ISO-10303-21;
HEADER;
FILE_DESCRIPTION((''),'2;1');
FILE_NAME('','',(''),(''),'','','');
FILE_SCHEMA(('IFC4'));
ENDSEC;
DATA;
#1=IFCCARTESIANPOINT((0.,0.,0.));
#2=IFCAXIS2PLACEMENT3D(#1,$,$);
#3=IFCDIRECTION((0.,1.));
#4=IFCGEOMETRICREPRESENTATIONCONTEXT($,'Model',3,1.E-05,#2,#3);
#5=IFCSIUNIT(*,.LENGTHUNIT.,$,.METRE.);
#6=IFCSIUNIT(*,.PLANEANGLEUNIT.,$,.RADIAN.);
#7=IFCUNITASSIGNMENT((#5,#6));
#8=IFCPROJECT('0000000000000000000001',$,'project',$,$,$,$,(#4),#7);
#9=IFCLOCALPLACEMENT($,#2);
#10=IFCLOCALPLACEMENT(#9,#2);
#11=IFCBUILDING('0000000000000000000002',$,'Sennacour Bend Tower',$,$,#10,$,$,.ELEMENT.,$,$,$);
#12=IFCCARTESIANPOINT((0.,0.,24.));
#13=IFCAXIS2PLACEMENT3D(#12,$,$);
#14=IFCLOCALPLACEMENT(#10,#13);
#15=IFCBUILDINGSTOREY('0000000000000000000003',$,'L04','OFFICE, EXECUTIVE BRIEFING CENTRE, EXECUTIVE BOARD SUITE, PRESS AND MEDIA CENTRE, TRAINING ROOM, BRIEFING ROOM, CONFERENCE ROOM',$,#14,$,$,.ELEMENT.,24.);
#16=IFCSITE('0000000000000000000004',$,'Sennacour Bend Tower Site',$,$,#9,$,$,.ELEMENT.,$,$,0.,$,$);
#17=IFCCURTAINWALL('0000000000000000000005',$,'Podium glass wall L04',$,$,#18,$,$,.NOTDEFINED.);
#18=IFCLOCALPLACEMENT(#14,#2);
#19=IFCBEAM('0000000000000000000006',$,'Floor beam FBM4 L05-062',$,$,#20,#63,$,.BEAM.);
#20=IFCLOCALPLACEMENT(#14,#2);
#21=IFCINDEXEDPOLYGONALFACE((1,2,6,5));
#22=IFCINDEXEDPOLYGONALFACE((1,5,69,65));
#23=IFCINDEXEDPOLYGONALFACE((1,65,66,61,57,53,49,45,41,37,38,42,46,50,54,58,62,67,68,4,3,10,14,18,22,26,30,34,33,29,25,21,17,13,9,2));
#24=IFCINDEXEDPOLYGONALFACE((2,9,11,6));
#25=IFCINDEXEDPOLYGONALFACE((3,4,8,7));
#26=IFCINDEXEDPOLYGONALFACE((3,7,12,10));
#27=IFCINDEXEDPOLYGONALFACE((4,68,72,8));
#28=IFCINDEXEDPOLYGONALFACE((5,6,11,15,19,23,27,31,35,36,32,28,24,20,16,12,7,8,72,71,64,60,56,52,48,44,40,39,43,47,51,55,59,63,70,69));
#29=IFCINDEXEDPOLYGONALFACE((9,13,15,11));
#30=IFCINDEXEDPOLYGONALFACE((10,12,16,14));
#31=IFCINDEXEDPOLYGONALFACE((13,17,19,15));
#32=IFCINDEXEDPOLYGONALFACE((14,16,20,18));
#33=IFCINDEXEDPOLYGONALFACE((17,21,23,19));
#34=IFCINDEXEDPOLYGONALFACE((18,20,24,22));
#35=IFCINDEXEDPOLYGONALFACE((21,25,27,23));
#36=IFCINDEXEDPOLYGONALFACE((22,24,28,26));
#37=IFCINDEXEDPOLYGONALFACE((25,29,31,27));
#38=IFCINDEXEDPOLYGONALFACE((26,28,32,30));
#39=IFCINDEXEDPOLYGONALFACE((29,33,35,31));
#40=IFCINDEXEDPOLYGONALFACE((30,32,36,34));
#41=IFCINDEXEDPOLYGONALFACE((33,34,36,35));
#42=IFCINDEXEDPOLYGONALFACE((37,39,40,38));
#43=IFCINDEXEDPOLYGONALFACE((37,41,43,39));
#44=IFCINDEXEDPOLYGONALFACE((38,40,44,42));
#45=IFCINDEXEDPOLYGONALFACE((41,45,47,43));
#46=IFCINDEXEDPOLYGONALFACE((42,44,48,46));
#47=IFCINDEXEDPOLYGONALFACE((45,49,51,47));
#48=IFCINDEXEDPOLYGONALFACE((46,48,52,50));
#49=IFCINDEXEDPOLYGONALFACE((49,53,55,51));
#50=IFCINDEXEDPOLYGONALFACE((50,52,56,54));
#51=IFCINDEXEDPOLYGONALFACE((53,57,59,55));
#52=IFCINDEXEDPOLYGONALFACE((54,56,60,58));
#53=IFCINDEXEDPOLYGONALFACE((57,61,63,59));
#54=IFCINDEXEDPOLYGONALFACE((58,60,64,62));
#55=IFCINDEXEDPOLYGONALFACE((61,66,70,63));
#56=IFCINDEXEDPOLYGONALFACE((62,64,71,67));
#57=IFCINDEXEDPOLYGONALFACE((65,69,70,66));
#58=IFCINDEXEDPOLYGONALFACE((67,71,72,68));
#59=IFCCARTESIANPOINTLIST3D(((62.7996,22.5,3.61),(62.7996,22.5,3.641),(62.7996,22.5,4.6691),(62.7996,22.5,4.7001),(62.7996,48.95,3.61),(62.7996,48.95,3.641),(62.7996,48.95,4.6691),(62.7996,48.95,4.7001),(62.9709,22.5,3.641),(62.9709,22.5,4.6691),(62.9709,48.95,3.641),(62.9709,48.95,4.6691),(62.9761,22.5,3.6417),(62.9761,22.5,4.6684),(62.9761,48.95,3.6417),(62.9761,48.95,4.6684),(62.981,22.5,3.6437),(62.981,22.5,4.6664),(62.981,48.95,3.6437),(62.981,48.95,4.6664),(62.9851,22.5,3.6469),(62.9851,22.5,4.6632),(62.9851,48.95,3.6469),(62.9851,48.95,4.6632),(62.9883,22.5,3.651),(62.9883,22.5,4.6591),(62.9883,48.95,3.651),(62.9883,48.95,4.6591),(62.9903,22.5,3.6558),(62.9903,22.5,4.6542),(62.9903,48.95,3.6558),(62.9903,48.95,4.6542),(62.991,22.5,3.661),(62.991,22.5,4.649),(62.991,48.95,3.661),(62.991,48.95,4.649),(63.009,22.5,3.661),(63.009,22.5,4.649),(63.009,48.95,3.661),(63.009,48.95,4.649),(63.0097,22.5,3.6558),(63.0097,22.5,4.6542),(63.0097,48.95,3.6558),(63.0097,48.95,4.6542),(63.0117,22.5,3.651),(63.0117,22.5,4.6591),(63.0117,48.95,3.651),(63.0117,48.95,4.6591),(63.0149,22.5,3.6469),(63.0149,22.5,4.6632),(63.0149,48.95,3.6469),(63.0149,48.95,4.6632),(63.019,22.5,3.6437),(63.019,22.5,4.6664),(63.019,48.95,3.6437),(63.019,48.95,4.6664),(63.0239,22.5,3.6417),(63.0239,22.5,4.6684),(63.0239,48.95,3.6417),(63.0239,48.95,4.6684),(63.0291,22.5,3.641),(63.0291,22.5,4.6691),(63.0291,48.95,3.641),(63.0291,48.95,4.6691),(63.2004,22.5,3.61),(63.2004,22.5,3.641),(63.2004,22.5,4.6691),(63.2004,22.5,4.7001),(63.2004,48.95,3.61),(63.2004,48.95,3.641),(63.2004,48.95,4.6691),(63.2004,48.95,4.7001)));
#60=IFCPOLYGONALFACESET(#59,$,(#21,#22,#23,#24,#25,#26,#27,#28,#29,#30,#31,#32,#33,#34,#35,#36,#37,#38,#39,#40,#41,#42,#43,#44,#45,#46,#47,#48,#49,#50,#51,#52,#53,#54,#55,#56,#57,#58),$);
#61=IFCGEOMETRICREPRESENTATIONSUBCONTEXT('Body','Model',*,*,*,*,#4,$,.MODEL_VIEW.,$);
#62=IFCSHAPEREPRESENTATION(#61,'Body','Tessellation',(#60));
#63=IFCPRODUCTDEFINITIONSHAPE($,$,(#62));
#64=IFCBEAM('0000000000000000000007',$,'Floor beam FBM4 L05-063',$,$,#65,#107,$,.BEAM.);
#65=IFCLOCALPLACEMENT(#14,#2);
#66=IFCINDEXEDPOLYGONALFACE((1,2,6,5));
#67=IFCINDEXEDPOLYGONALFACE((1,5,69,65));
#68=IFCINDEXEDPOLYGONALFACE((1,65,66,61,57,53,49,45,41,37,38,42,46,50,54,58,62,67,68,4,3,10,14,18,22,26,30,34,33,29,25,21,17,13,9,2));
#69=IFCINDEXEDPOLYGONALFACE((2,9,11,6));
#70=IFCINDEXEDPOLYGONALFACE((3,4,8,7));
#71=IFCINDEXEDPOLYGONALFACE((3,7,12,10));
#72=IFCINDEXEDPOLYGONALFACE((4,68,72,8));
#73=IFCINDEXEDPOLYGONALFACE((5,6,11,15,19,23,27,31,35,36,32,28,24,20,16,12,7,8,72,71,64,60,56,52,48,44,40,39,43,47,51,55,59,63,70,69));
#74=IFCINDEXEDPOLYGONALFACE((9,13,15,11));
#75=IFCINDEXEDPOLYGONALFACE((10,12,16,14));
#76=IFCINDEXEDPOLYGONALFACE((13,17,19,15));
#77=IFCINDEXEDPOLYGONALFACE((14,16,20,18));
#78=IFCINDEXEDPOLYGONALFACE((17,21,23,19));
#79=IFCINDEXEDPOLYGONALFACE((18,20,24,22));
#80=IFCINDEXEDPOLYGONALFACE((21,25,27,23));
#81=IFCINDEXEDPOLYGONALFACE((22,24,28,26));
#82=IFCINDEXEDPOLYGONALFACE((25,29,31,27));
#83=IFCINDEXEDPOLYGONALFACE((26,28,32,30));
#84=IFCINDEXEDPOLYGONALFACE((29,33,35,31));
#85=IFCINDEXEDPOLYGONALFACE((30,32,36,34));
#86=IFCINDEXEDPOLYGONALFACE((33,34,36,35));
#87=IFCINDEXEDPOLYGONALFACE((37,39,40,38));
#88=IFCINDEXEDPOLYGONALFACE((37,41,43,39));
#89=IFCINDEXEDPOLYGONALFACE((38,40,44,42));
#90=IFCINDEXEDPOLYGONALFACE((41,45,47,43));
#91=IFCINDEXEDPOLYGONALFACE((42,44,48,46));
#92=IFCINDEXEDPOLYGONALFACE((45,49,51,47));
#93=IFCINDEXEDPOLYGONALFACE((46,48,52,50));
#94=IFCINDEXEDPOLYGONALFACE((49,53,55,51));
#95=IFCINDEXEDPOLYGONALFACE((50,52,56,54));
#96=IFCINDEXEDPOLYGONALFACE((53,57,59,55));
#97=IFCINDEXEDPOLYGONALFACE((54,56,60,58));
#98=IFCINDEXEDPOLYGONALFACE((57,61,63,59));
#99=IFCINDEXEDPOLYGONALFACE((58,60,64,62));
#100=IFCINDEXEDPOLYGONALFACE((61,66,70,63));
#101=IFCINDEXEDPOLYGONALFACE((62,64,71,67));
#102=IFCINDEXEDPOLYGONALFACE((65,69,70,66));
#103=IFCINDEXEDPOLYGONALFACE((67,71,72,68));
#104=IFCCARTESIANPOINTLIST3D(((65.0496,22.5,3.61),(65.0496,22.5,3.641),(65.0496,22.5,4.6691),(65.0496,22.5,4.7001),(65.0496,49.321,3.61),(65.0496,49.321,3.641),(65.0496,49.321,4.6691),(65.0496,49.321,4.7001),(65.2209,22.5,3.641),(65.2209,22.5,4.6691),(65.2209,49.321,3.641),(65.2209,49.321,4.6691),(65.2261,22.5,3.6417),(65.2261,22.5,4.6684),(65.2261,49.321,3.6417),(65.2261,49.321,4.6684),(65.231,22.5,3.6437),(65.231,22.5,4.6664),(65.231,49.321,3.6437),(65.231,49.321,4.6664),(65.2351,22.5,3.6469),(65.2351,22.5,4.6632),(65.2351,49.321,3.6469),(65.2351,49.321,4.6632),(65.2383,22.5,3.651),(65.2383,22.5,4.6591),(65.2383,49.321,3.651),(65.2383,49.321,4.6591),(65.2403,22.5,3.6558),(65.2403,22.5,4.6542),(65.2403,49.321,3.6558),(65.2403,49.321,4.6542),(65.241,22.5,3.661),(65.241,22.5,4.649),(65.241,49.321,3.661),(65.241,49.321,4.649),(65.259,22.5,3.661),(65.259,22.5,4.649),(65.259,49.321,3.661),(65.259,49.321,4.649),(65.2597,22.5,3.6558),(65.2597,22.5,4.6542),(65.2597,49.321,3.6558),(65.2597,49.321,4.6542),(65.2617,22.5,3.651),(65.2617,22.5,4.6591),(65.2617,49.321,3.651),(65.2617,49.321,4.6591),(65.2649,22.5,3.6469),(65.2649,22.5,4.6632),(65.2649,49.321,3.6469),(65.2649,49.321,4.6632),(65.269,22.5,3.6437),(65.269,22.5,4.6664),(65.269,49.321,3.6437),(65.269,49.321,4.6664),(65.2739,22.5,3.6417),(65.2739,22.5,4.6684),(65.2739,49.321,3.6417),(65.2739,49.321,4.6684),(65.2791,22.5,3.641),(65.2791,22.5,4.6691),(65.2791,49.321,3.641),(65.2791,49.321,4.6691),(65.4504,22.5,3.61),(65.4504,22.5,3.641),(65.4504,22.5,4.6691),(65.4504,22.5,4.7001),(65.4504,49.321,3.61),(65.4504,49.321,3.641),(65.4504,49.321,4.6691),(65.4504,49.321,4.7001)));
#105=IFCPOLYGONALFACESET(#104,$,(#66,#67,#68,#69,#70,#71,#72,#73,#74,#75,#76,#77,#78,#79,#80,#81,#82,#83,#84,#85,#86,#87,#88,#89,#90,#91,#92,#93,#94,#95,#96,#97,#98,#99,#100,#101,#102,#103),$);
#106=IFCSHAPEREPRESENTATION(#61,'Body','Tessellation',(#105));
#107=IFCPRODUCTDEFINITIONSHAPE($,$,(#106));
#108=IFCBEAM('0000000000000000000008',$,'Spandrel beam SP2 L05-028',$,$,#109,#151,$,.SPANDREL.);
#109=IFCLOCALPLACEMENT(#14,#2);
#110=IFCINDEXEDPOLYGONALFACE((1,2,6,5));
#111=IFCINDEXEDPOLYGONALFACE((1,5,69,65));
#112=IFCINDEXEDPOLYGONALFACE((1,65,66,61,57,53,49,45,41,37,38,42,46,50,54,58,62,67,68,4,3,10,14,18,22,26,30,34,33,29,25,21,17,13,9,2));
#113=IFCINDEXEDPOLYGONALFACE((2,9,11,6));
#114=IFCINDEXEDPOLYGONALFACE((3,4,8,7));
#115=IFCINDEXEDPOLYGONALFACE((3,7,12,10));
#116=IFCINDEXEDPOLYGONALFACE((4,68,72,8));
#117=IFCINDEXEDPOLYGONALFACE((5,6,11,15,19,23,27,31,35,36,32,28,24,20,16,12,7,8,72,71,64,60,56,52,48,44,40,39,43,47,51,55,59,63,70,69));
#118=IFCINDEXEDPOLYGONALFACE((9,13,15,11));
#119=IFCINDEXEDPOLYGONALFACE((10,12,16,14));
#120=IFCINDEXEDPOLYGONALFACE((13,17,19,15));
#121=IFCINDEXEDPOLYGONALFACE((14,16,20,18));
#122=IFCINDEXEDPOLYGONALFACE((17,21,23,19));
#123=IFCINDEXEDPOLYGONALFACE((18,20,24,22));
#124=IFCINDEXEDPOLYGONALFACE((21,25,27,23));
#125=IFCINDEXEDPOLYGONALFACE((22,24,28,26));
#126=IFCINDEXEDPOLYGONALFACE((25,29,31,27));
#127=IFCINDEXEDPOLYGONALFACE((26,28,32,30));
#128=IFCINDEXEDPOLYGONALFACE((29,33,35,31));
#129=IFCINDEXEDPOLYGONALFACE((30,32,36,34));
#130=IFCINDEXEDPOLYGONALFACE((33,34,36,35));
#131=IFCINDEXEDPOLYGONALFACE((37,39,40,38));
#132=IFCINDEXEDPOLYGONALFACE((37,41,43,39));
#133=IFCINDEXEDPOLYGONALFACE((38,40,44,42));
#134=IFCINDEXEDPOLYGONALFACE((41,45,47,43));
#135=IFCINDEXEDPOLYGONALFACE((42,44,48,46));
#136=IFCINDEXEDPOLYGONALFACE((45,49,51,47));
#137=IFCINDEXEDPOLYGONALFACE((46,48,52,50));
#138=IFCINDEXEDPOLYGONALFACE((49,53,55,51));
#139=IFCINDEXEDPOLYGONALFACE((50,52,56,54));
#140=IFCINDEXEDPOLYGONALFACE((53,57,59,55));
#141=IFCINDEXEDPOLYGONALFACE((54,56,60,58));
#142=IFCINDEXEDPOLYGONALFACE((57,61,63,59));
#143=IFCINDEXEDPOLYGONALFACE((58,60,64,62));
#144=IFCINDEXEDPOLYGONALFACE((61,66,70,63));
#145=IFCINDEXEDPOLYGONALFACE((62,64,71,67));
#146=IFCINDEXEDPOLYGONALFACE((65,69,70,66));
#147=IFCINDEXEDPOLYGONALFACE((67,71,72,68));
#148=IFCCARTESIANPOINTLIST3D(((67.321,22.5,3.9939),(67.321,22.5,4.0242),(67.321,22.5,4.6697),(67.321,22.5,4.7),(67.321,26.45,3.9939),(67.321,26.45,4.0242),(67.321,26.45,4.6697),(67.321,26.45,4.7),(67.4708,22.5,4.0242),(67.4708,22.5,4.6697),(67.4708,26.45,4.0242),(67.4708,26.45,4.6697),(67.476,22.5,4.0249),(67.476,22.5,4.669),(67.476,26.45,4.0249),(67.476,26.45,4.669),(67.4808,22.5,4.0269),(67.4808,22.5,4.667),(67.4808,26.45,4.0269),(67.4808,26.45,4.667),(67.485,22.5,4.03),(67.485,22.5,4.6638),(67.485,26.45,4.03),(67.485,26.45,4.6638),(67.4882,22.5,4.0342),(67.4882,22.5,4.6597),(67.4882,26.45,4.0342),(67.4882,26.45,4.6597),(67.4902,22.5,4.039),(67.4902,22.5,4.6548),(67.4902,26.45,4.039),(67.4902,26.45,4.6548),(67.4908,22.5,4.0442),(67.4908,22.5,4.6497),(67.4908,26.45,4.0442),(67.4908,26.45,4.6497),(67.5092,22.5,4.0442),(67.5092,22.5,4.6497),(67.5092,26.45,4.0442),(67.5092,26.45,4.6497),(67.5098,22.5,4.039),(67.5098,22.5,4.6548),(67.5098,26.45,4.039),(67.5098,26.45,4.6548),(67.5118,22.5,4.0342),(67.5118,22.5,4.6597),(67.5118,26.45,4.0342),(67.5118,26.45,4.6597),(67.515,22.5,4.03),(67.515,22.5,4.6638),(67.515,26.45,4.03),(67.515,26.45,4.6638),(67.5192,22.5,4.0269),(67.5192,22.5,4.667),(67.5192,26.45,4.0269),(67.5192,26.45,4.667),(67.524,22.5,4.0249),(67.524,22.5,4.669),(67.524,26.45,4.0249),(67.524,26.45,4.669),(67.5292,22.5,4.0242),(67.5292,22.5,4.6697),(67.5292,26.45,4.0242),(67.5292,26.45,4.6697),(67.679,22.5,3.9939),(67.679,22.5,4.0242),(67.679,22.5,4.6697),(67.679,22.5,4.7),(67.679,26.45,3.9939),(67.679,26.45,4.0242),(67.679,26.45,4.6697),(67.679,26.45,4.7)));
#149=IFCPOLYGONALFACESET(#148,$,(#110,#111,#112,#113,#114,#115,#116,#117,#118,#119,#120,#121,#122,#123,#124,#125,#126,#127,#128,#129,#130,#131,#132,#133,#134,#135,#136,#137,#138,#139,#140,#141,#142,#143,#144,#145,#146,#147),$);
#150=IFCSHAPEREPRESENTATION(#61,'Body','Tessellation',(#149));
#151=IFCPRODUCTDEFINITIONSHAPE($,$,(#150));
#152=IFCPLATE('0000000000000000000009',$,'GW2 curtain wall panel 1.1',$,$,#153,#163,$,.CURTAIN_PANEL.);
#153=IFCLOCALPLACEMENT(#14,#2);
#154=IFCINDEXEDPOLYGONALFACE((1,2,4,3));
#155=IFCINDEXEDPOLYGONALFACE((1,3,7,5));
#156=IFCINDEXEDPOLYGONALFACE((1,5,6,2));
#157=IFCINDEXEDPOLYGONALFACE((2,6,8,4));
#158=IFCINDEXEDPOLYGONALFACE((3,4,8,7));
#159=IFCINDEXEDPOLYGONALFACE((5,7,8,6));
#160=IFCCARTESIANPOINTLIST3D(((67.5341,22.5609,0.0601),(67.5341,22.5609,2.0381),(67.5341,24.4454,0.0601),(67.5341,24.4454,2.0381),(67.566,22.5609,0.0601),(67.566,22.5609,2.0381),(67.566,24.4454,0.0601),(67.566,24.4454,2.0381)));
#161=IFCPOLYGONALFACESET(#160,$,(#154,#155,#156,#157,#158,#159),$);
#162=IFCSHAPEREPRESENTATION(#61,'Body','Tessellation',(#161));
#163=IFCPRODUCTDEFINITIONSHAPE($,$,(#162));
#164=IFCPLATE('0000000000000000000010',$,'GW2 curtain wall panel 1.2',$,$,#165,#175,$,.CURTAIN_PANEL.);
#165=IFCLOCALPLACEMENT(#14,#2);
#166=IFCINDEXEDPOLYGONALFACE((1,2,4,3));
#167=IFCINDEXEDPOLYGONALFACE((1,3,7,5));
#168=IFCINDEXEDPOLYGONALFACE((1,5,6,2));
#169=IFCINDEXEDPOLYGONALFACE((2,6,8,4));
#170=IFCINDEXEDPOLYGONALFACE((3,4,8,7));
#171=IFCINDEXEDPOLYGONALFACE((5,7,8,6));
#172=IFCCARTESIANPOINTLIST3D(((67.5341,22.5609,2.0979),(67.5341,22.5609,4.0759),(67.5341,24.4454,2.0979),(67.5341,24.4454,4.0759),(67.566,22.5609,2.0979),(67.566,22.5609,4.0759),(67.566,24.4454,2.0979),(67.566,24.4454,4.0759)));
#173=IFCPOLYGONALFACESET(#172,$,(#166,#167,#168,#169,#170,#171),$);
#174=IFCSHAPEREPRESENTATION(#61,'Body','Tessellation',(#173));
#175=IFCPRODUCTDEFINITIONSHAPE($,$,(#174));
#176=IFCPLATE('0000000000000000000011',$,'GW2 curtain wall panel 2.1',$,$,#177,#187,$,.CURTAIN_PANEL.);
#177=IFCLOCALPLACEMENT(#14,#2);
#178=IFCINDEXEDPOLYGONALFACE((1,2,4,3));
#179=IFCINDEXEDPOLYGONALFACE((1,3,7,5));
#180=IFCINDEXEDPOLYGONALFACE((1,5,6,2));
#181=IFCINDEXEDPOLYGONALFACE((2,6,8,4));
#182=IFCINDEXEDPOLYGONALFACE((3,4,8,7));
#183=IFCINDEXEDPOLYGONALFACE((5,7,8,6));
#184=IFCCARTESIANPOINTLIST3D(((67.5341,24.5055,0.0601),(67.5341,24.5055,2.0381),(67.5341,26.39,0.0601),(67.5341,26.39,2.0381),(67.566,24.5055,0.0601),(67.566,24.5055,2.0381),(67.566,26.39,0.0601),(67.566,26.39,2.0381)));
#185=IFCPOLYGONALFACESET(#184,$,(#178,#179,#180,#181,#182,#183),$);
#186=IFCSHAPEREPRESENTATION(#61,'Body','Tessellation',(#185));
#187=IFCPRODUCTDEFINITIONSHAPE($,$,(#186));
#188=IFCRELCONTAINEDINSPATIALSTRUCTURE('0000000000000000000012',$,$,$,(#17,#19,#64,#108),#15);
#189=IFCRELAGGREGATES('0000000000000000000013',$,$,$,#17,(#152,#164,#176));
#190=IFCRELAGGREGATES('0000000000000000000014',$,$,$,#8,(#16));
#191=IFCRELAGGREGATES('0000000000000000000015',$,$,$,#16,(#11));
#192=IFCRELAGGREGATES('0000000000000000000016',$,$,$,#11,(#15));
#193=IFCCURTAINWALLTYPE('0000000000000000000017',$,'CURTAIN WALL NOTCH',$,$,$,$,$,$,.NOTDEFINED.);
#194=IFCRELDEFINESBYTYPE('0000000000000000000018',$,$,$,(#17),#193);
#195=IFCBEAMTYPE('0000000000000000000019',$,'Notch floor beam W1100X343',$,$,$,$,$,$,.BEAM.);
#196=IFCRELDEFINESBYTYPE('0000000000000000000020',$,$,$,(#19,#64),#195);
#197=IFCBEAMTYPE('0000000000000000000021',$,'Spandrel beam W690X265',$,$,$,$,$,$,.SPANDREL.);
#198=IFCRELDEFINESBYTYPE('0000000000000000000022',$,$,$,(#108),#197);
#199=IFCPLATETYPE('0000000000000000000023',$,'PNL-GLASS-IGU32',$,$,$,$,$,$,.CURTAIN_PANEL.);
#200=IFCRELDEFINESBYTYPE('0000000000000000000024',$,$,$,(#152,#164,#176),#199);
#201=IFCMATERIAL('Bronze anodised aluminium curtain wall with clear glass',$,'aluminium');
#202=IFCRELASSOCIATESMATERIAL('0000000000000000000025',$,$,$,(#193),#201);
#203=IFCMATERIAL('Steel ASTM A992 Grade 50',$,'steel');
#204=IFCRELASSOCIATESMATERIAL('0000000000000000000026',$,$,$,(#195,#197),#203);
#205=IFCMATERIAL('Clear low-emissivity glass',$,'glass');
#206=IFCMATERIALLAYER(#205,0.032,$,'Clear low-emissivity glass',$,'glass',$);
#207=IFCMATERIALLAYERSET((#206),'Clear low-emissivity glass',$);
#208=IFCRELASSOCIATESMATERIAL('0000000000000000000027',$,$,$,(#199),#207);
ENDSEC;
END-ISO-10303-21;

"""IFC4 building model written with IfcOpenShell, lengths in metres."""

from ifc_helpers import new_model, si_unit, direction, frame, origin, origin_2d, place, context, subcontext, project, spatial, rectangle, i_section, extrude, material, layer, layer_set, material_profile, profile_set, type_object, element, aggregate, save


model = new_model("IFC4")

# Units and contexts
model_context = context("Model", 3, precision=1e-05, world=origin(), true_north=direction((0.0, 1.0)))
body_context = subcontext(model_context, "Body", "Model", "MODEL_VIEW")
ifc_project = project(units=[si_unit("LENGTHUNIT", "METRE"), si_unit("PLANEANGLEUNIT", "RADIAN")], contexts=[model_context])

# Site, building, storey
site_placement = place(None, origin())
site = spatial("IfcSite", under=ifc_project, at=site_placement, Name="Sennacour Bend Tower Site", CompositionType="ELEMENT", RefElevation=0.0)
building_placement = place(site_placement, origin())
building = spatial("IfcBuilding", under=site, at=building_placement, Name="Sennacour Bend Tower", CompositionType="ELEMENT")
storey_placement = place(building_placement, frame((0.0, 0.0, 24.0)))
storey = spatial("IfcBuildingStorey", under=building, at=storey_placement, Name="L04", Description="OFFICE, EXECUTIVE BRIEFING CENTRE, EXECUTIVE BOARD SUITE, PRESS AND MEDIA CENTRE, TRAINING ROOM, BRIEFING ROOM, CONFERENCE ROOM", CompositionType="ELEMENT", Elevation=24.0)

# Curtain wall
ifc_material_1 = material(Name="Bronze anodised aluminium curtain wall with clear glass", Category="aluminium")
curtain_wall_type = type_object("IfcCurtainWallType", Name="CURTAIN WALL NOTCH", PredefinedType="NOTDEFINED", material=ifc_material_1)
curtain_wall_1_placement = place(storey_placement, origin())
curtain_wall_1 = element("IfcCurtainWall", 1, at=curtain_wall_1_placement, inside=storey, type_object=curtain_wall_type, Name="Podium glass wall L04", PredefinedType="NOTDEFINED")

# Beams
ifc_material_2 = material(Name="Steel ASTM A992 Grade 50", Category="steel")
ifc_material_profile_1 = material_profile(ifc_material_2, i_section(OverallWidth=0.4009, OverallDepth=1.0901, WebThickness=0.0181, FlangeThickness=0.031, FilletRadius=0.02, at=origin_2d()), Name="Steel ASTM A992 Grade 50", Category="steel")
ifc_profile_set_1 = profile_set([ifc_material_profile_1], Name="Steel ASTM A992 Grade 50")
beam_type_1 = type_object("IfcBeamType", Name="Notch floor beam W1100X343", PredefinedType="BEAM", material=ifc_profile_set_1)
beam_1_placement = place(storey_placement, frame((63.0, 22.5, 4.155), z_axis=(0.0, 1.0, 0.0), x_axis=(-1.0, 0.0, 0.0)))
element("IfcBeam", 2, at=beam_1_placement, inside=storey, type_object=beam_type_1, Name="Floor beam FBM4 L05-062", PredefinedType="BEAM", context=body_context, shape_type="SweptSolid", body=[
    extrude(i_section(OverallWidth=0.4009, OverallDepth=1.0901, WebThickness=0.0181, FlangeThickness=0.031, FilletRadius=0.02, at=origin_2d()), origin(), (0.0, 0.0, 1.0), 26.45),
])
beam_2_placement = place(storey_placement, frame((65.25, 22.5, 4.155), z_axis=(0.0, 1.0, 0.0), x_axis=(-1.0, 0.0, 0.0)))
element("IfcBeam", 3, at=beam_2_placement, inside=storey, type_object=beam_type_1, Name="Floor beam FBM4 L05-063", PredefinedType="BEAM", context=body_context, shape_type="SweptSolid", body=[
    extrude(i_section(OverallWidth=0.4009, OverallDepth=1.0901, WebThickness=0.0181, FlangeThickness=0.031, FilletRadius=0.02, at=origin_2d()), origin(), (0.0, 0.0, 1.0), 26.821),
])
ifc_material_profile_2 = material_profile(ifc_material_2, i_section(OverallWidth=0.3579, OverallDepth=0.7061, WebThickness=0.0183, FlangeThickness=0.0303, FilletRadius=0.02, at=origin_2d()), Name="Steel ASTM A992 Grade 50", Category="steel")
ifc_profile_set_2 = profile_set([ifc_material_profile_2], Name="Steel ASTM A992 Grade 50")
beam_type_2 = type_object("IfcBeamType", Name="Spandrel beam W690X265", PredefinedType="SPANDREL", material=ifc_profile_set_2)
beam_3_placement = place(storey_placement, frame((67.5, 26.45, 4.3469), z_axis=(0.0, -1.0, 0.0), x_axis=(1.0, 0.0, 0.0)))
element("IfcBeam", 4, at=beam_3_placement, inside=storey, type_object=beam_type_2, Name="Spandrel beam SP2 L05-028", PredefinedType="SPANDREL", context=body_context, shape_type="SweptSolid", body=[
    extrude(i_section(OverallWidth=0.3579, OverallDepth=0.7061, WebThickness=0.0183, FlangeThickness=0.0303, FilletRadius=0.02, at=origin_2d()), origin(), (0.0, 0.0, 1.0), 3.95),
])

# Plates
ifc_material_3 = material(Name="Clear low-emissivity glass", Category="glass")
ifc_layer = layer(ifc_material_3, 0.032, Name="Clear low-emissivity glass", Category="glass")
ifc_layer_set = layer_set([ifc_layer], Name="Clear low-emissivity glass")
plate_type = type_object("IfcPlateType", Name="PNL-GLASS-IGU32", PredefinedType="CURTAIN_PANEL", material=ifc_layer_set)
plate_1_placement = place(storey_placement, frame((67.55, 23.5032, 0.0601), z_axis=(0.0, 0.0, 1.0), x_axis=(0.0, 1.0, 0.0)))
plate_1 = element("IfcPlate", 5, at=plate_1_placement, type_object=plate_type, Name="GW2 curtain wall panel 1.1", PredefinedType="CURTAIN_PANEL", context=body_context, shape_type="SweptSolid", body=[
    extrude(rectangle(XDim=1.8845, YDim=0.032, at=origin_2d()), origin(), (0.0, 0.0, 1.0), 1.978),
])
plate_2_placement = place(storey_placement, frame((67.55, 23.5032, 2.0979), z_axis=(0.0, 0.0, 1.0), x_axis=(0.0, 1.0, 0.0)))
plate_2 = element("IfcPlate", 6, at=plate_2_placement, type_object=plate_type, Name="GW2 curtain wall panel 1.2", PredefinedType="CURTAIN_PANEL", context=body_context, shape_type="SweptSolid", body=[
    extrude(rectangle(XDim=1.8845, YDim=0.032, at=origin_2d()), origin(), (0.0, 0.0, 1.0), 1.978),
])
plate_3_placement = place(storey_placement, frame((67.55, 25.4478, 0.0601), z_axis=(0.0, 0.0, 1.0), x_axis=(0.0, 1.0, 0.0)))
plate_3 = element("IfcPlate", 7, at=plate_3_placement, type_object=plate_type, Name="GW2 curtain wall panel 2.1", PredefinedType="CURTAIN_PANEL", context=body_context, shape_type="SweptSolid", body=[
    extrude(rectangle(XDim=1.8845, YDim=0.032, at=origin_2d()), origin(), (0.0, 0.0, 1.0), 1.978),
])
aggregate(curtain_wall_1, [plate_1, plate_2, plate_3])

save(model, "model.ifc")
